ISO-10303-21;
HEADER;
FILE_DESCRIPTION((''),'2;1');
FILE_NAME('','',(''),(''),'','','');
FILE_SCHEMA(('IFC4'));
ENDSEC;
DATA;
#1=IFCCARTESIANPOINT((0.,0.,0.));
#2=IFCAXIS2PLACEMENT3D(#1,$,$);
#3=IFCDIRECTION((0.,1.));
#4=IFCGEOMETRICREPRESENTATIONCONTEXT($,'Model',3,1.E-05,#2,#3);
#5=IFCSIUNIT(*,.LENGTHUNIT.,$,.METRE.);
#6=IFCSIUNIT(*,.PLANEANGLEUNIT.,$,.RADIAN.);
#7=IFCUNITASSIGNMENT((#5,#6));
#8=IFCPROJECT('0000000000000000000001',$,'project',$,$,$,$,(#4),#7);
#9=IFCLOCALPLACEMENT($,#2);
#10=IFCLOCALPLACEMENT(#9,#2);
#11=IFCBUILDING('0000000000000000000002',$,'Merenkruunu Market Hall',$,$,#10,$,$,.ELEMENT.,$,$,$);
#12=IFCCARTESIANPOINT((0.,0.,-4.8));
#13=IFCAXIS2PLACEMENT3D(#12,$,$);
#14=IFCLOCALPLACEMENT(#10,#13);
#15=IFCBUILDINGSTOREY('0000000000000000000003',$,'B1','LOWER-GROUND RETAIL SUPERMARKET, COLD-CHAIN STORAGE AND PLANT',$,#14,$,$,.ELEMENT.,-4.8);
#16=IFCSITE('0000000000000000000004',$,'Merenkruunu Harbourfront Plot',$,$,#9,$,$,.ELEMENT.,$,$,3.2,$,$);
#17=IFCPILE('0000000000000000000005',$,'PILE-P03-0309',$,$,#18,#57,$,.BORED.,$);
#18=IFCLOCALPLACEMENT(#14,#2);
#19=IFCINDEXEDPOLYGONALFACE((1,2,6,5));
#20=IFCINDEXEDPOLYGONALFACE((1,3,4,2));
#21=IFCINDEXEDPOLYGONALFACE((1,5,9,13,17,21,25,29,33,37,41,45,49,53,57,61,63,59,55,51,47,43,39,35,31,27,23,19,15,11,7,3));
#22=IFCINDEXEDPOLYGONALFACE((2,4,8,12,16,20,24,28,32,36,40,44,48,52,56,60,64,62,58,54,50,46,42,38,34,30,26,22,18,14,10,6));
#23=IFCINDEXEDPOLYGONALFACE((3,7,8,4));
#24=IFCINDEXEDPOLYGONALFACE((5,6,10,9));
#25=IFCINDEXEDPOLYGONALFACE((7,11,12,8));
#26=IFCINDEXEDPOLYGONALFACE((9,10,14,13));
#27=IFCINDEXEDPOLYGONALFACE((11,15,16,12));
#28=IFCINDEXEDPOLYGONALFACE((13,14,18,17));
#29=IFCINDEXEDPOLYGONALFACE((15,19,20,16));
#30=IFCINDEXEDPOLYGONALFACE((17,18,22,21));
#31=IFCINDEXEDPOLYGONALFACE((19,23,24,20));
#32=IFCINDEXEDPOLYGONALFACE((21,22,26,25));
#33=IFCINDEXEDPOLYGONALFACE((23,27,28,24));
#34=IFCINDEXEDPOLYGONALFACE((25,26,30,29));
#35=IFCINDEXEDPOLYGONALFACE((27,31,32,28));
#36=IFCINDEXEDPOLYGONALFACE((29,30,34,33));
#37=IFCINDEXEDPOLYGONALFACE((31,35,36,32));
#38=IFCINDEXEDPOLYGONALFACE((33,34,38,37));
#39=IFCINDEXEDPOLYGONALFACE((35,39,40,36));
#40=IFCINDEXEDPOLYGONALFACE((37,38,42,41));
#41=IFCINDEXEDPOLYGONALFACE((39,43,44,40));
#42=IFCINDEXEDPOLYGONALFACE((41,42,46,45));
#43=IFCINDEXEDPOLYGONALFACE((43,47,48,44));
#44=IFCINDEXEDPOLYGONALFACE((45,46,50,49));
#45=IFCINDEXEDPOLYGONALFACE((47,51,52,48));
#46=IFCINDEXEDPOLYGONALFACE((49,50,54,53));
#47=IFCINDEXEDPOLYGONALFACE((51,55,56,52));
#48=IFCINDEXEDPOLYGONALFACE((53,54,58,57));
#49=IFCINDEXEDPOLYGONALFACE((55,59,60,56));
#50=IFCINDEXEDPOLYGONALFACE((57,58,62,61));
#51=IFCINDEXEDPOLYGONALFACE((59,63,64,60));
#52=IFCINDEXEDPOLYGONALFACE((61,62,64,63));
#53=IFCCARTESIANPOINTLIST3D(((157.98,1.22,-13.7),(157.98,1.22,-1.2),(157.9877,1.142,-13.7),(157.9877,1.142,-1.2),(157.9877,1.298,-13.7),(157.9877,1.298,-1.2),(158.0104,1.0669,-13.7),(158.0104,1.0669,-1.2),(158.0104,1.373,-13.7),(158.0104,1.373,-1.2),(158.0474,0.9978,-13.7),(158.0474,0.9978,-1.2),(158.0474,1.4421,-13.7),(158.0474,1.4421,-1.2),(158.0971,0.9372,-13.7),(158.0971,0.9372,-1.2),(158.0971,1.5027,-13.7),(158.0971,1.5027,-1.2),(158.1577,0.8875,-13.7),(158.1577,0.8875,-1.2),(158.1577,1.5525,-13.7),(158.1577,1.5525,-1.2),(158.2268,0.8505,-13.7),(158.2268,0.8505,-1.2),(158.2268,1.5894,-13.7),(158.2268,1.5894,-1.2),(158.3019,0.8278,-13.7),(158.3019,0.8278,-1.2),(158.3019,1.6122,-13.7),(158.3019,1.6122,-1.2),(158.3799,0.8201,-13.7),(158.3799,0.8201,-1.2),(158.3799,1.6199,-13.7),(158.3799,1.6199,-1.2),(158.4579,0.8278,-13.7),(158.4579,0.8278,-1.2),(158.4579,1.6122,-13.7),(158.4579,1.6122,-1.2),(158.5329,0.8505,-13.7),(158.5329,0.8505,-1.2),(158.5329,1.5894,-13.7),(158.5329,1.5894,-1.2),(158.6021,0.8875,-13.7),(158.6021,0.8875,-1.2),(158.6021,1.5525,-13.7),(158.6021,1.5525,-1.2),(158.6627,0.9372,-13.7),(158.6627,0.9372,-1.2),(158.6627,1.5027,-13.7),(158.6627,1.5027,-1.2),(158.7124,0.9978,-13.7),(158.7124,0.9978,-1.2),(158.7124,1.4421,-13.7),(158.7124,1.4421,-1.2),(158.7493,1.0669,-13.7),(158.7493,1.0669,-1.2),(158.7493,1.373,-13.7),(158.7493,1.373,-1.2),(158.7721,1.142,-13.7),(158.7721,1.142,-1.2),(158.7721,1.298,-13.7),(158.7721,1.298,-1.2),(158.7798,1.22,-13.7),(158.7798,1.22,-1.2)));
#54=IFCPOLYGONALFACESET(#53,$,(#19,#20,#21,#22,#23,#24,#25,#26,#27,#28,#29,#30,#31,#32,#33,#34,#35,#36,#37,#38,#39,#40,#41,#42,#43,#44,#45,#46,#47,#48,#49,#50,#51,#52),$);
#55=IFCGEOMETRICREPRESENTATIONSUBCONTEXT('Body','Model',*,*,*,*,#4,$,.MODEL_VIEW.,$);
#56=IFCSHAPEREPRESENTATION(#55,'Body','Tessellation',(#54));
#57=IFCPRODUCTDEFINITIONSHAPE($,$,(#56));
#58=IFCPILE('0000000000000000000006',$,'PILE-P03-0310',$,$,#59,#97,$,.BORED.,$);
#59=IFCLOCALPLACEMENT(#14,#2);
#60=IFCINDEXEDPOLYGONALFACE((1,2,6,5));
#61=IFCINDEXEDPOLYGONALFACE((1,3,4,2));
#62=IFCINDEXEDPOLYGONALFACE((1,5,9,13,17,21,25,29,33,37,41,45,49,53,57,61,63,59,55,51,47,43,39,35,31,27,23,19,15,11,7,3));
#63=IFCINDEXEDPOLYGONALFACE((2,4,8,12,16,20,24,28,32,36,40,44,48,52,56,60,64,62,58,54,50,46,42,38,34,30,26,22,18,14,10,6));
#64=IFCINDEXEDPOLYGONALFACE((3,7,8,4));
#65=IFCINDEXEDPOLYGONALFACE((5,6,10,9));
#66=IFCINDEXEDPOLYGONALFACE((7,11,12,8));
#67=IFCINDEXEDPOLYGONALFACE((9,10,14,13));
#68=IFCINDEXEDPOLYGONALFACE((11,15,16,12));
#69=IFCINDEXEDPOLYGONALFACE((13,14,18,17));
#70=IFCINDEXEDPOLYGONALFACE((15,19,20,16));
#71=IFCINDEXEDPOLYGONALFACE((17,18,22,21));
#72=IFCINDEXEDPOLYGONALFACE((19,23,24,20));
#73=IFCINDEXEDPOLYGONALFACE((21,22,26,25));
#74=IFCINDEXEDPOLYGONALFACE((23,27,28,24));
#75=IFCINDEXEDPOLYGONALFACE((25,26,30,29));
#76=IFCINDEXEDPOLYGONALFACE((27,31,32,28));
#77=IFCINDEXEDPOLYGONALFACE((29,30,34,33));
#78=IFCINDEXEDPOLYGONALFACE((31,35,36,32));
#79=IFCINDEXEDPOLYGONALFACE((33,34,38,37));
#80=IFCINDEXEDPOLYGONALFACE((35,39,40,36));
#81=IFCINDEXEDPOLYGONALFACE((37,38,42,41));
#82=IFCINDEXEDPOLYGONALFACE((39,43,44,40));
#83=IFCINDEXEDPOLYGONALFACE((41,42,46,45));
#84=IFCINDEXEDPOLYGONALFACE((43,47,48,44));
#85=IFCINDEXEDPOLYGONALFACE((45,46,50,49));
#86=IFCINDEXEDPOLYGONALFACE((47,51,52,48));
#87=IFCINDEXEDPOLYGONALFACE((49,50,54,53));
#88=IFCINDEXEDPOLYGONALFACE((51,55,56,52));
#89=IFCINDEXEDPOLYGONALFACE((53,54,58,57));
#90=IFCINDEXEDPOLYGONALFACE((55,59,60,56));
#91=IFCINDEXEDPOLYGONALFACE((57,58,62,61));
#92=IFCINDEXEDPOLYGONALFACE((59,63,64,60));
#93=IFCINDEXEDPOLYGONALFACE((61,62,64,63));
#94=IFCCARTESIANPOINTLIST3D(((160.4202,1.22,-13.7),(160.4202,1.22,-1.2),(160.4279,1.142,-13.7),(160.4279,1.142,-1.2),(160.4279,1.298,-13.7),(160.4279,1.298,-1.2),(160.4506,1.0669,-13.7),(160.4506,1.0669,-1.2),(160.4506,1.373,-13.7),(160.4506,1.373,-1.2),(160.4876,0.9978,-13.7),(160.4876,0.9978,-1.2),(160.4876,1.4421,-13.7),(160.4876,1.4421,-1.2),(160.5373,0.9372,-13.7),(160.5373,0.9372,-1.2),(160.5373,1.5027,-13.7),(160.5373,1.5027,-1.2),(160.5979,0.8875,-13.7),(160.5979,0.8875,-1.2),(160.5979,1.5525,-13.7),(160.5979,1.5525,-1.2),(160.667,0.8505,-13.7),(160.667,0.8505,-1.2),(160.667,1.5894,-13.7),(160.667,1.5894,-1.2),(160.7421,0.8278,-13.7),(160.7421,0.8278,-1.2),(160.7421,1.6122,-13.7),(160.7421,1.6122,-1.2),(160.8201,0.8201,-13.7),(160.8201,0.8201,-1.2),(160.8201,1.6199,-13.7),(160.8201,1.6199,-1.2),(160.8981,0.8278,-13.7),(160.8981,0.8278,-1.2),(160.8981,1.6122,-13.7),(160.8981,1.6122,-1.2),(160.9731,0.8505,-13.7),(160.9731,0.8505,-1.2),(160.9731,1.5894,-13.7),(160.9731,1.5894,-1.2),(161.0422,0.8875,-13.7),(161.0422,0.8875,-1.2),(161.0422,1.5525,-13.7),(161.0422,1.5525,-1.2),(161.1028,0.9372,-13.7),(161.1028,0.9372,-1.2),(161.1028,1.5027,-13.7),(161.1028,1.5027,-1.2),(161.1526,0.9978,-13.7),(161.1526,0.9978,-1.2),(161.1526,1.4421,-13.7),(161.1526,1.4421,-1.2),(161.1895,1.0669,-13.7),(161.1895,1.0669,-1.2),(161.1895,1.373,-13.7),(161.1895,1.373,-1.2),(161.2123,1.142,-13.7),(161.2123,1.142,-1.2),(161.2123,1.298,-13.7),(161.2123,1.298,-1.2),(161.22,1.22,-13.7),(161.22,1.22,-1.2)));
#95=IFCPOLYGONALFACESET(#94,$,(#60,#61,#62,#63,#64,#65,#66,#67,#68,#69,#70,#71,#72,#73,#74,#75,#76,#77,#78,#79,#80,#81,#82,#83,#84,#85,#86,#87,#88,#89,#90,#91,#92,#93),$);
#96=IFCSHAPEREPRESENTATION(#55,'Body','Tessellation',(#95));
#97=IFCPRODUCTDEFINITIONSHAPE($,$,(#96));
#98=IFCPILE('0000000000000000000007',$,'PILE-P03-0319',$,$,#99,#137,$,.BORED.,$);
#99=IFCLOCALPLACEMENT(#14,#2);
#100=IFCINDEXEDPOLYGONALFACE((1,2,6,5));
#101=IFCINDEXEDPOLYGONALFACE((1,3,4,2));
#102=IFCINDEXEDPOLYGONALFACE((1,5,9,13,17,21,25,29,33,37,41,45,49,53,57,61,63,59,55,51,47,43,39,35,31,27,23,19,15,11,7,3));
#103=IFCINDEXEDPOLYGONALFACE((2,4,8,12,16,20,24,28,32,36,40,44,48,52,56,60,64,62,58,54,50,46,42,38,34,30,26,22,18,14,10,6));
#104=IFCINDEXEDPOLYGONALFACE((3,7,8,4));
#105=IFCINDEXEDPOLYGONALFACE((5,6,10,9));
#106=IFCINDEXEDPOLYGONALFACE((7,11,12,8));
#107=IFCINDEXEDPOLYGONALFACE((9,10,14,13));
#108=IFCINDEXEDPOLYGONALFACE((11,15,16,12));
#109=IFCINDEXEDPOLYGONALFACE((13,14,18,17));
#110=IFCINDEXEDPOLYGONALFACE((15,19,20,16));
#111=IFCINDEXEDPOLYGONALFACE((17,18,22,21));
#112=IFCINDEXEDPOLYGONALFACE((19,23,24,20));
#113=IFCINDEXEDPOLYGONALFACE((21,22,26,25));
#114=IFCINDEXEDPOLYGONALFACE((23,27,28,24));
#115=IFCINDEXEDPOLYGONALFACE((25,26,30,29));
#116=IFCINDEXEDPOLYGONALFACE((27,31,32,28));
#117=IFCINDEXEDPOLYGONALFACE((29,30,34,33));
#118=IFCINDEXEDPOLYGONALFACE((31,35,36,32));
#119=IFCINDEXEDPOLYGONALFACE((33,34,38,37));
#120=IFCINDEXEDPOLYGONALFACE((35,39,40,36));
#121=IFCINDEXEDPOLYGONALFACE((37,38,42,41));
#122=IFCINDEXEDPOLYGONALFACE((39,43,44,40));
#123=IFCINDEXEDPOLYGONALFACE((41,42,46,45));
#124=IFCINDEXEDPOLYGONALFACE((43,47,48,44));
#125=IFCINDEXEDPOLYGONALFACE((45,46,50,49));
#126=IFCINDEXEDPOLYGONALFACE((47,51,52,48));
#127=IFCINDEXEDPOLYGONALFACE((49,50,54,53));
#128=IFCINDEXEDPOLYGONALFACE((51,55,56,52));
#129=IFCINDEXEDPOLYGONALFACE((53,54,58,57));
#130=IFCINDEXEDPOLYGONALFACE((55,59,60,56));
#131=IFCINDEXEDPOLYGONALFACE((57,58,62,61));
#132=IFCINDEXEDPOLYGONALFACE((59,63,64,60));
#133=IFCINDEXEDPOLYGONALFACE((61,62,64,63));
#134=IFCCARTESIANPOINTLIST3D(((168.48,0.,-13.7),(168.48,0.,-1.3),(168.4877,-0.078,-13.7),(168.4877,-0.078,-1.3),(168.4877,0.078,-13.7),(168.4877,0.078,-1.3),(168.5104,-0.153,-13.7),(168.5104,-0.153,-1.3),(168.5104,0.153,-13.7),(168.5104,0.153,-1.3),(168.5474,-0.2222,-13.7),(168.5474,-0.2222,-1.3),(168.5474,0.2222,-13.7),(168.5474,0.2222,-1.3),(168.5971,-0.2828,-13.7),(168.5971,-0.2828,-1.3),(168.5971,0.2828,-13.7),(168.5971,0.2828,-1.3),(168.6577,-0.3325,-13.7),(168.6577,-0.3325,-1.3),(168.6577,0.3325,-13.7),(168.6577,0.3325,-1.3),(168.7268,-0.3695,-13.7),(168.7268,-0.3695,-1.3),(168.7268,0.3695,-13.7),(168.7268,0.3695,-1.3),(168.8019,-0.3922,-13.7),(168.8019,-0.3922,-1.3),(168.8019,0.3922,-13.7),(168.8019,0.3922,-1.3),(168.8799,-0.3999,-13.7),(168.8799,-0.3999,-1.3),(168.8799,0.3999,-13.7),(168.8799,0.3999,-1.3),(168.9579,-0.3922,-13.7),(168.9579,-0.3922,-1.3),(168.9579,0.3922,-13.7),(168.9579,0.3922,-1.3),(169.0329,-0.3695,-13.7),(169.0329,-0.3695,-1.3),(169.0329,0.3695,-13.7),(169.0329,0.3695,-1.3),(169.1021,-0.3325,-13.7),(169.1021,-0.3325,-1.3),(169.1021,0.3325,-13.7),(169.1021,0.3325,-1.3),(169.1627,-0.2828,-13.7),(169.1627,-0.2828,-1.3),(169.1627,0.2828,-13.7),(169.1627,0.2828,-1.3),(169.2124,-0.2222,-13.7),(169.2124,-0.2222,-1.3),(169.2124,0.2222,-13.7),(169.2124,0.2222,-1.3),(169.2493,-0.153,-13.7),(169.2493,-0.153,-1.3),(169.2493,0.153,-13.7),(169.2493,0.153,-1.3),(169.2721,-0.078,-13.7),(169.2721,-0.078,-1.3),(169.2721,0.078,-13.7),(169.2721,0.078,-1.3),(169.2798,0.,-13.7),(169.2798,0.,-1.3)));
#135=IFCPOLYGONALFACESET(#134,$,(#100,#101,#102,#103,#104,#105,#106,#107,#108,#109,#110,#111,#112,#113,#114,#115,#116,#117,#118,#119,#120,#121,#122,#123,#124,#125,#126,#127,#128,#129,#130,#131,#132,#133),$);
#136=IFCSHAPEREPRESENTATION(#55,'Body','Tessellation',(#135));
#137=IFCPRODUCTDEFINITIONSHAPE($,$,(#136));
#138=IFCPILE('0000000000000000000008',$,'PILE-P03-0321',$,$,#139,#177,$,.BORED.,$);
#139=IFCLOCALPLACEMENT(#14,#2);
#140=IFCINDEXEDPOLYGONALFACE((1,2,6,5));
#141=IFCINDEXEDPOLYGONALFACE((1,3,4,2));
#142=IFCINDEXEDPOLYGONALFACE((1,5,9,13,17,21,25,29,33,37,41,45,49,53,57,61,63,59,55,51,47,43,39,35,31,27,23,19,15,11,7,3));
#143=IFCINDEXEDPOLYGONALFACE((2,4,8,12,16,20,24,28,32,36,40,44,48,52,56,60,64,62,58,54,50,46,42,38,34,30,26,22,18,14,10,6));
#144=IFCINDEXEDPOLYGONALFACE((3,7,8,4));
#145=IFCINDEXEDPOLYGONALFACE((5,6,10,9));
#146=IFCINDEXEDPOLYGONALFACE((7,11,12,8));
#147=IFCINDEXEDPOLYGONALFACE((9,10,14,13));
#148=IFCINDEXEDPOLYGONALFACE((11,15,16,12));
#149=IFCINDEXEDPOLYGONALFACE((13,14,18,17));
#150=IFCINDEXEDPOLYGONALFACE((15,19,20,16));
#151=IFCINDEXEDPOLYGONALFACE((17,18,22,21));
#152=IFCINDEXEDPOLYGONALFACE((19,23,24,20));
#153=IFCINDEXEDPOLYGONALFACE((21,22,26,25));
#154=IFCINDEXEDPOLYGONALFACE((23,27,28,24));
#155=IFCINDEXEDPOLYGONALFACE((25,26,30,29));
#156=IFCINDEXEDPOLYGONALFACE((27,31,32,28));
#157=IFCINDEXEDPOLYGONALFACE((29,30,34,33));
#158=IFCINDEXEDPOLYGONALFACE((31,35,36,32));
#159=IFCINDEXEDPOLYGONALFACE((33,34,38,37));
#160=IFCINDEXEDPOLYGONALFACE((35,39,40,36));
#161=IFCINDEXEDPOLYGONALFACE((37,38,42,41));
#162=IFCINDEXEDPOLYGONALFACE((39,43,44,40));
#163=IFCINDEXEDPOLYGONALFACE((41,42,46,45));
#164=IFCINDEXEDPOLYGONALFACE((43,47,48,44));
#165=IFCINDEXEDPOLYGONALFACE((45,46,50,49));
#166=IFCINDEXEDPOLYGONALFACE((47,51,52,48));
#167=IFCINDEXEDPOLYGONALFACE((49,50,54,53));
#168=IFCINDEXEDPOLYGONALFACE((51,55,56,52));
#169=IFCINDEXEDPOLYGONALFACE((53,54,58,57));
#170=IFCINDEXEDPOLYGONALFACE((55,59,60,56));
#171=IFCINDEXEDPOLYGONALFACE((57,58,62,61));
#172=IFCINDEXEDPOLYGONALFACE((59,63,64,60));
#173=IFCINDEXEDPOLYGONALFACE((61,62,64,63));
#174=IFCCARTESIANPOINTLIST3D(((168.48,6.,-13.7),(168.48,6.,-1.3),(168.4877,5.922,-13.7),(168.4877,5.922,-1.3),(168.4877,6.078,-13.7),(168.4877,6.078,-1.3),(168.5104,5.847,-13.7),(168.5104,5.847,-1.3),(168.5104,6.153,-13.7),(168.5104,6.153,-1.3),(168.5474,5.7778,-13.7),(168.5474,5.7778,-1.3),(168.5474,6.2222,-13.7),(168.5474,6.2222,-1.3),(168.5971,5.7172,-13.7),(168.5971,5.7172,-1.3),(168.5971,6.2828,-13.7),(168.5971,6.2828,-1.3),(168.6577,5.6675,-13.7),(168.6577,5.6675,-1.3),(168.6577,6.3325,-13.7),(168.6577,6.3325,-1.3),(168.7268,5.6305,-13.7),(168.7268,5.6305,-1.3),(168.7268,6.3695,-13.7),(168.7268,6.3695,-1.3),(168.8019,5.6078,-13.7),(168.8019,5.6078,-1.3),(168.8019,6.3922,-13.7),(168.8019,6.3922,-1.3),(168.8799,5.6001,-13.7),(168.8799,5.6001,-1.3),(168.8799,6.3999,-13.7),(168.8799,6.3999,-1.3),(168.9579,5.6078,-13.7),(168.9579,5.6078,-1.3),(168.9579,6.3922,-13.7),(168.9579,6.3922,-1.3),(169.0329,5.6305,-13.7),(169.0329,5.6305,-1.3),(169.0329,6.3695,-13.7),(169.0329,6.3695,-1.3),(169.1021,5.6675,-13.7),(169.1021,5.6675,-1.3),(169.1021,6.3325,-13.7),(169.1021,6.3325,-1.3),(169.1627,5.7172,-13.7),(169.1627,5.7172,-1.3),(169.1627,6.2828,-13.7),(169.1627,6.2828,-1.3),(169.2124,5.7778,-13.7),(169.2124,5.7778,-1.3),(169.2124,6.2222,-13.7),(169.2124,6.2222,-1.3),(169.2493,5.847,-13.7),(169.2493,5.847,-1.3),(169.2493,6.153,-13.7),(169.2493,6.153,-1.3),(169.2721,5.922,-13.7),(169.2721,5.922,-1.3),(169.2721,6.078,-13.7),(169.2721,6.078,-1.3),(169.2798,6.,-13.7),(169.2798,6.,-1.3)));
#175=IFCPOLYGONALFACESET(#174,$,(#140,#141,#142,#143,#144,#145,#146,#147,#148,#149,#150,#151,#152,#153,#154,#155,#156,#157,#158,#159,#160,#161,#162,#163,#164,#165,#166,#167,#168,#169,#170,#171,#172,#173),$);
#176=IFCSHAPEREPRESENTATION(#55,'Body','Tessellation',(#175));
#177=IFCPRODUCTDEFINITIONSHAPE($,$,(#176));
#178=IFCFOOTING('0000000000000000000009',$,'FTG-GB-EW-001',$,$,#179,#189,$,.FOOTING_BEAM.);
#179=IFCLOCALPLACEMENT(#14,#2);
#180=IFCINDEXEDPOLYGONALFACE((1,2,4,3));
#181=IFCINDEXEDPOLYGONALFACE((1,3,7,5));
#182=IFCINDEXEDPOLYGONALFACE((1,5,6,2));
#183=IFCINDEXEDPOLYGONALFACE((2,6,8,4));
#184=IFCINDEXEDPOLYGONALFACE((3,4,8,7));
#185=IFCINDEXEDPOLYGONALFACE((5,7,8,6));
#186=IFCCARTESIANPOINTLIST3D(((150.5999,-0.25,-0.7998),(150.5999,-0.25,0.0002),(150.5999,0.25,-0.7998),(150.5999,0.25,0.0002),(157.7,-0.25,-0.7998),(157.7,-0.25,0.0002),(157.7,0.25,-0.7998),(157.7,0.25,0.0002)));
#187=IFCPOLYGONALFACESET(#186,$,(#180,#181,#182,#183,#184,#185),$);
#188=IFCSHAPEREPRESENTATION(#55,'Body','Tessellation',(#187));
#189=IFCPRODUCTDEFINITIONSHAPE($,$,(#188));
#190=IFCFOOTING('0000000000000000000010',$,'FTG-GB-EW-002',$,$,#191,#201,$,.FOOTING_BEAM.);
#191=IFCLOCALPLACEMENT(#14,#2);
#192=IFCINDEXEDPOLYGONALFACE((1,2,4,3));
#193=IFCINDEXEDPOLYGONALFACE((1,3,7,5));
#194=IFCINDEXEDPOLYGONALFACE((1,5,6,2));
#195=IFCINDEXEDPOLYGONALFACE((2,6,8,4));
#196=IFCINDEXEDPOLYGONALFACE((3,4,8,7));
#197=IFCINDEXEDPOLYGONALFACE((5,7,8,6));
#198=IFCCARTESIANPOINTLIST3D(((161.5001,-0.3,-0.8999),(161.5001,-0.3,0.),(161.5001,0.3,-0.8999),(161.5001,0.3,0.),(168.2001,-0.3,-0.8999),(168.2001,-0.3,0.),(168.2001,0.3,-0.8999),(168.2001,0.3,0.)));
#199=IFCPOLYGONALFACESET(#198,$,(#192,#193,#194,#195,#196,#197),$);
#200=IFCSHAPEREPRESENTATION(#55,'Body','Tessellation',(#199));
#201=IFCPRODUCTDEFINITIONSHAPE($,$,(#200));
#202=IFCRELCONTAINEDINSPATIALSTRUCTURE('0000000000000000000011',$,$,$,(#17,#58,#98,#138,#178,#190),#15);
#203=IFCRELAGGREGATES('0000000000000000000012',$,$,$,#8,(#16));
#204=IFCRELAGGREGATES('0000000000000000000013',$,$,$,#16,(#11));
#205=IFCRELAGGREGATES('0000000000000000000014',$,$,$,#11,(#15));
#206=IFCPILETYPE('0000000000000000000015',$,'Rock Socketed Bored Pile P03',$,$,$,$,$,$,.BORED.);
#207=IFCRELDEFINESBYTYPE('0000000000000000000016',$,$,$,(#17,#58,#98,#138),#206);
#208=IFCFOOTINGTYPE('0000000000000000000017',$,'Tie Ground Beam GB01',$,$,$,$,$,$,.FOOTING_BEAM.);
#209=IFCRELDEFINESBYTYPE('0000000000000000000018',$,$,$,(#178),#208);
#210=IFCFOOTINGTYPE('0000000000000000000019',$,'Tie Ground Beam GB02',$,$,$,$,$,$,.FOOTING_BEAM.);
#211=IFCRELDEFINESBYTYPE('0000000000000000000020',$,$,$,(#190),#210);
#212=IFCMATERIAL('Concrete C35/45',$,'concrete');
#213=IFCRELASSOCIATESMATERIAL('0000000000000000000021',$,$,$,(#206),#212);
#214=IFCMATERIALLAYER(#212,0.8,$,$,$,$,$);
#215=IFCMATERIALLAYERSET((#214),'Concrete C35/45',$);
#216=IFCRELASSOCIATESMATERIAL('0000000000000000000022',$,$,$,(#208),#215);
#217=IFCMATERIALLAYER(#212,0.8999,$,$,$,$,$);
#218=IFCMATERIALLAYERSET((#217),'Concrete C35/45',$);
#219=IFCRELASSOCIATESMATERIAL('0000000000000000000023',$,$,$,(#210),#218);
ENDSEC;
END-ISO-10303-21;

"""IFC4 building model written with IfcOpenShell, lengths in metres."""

from ifc_helpers import new_model, si_unit, direction, frame, origin, origin_2d, place, context, subcontext, project, spatial, rectangle, circle, extrude, material, layer, layer_set, material_profile, profile_set, type_object, element, save


model = new_model("IFC4")

# Units and contexts
model_context = context("Model", 3, precision=1e-05, world=origin(), true_north=direction((0.0, 1.0)))
body_context = subcontext(model_context, "Body", "Model", "MODEL_VIEW")
ifc_project = project(units=[si_unit("LENGTHUNIT", "METRE"), si_unit("PLANEANGLEUNIT", "RADIAN")], contexts=[model_context])

# Site, building, storey
site_placement = place(None, origin())
site = spatial("IfcSite", under=ifc_project, at=site_placement, Name="Merenkruunu Harbourfront Plot", CompositionType="ELEMENT", RefElevation=3.2)
building_placement = place(site_placement, origin())
building = spatial("IfcBuilding", under=site, at=building_placement, Name="Merenkruunu Market Hall", CompositionType="ELEMENT")
storey_placement = place(building_placement, frame((0.0, 0.0, -4.8)))
storey = spatial("IfcBuildingStorey", under=building, at=storey_placement, Name="B1", Description="LOWER-GROUND RETAIL SUPERMARKET, COLD-CHAIN STORAGE AND PLANT", CompositionType="ELEMENT", Elevation=-4.8)

# Shared definitions
ifc_material = material(Name="Concrete C35/45", Category="concrete")

# Piles
ifc_material_profile_1 = material_profile(ifc_material, circle(Radius=0.3999, at=origin_2d()), Name="BORED PILE 800")
ifc_profile_set_1 = profile_set([ifc_material_profile_1], Name="Concrete C35/45")
pile_type_1 = type_object("IfcPileType", Name="Rock Socketed Bored Pile P03", PredefinedType="BORED", material=ifc_profile_set_1)
for number, where, z_axis, x_axis, name in (
    (1, (158.3799, 1.22, -1.2), (0.0, 0.0, -1.0), (1.0, 0.0, 0.0), "PILE-P03-0309"),
    (2, (160.8201, 1.22, -1.2), (0.0, 0.0, -1.0), (1.0, 0.0, 0.0), "PILE-P03-0310"),
):
    element("IfcPile", number, at=place(storey_placement, frame(where, z_axis=z_axis, x_axis=x_axis)), inside=storey, type_object=pile_type_1, Name=name, PredefinedType="BORED", context=body_context, shape_type="SweptSolid", body=[
        extrude(circle(Radius=0.3999, at=origin_2d()), origin(), (0.0, 0.0, 1.0), 12.5),
    ])
for number, where, z_axis, x_axis, name in (
    (3, (168.8799, 0.0, -1.3), (0.0, 0.0, -1.0), (1.0, 0.0, 0.0), "PILE-P03-0319"),
    (4, (168.8799, 6.0, -1.3), (0.0, 0.0, -1.0), (1.0, 0.0, 0.0), "PILE-P03-0321"),
):
    element("IfcPile", number, at=place(storey_placement, frame(where, z_axis=z_axis, x_axis=x_axis)), inside=storey, type_object=pile_type_1, Name=name, PredefinedType="BORED", context=body_context, shape_type="SweptSolid", body=[
        extrude(circle(Radius=0.3999, at=origin_2d()), origin(), (0.0, 0.0, 1.0), 12.3999),
    ])

# Footings
ifc_layer_1 = layer(ifc_material, 0.8)
ifc_layer_set_1 = layer_set([ifc_layer_1], Name="Concrete C35/45")
footing_type_1 = type_object("IfcFootingType", Name="Tie Ground Beam GB01", PredefinedType="FOOTING_BEAM", material=ifc_layer_set_1)
footing_1_placement = place(storey_placement, frame((154.1499, 0.0, -0.7998), z_axis=(0.0, 0.0, 1.0), x_axis=(1.0, 0.0, 0.0)))
element("IfcFooting", 5, at=footing_1_placement, inside=storey, type_object=footing_type_1, Name="FTG-GB-EW-001", PredefinedType="FOOTING_BEAM", context=body_context, shape_type="SweptSolid", body=[
    extrude(rectangle(XDim=7.1001, YDim=0.5, at=origin_2d()), origin(), (0.0, 0.0, 1.0), 0.8),
])
ifc_layer_2 = layer(ifc_material, 0.8999)
ifc_layer_set_2 = layer_set([ifc_layer_2], Name="Concrete C35/45")
footing_type_2 = type_object("IfcFootingType", Name="Tie Ground Beam GB02", PredefinedType="FOOTING_BEAM", material=ifc_layer_set_2)
footing_2_placement = place(storey_placement, frame((164.8501, 0.0, -0.8999), z_axis=(0.0, 0.0, 1.0), x_axis=(1.0, 0.0, 0.0)))
element("IfcFooting", 6, at=footing_2_placement, inside=storey, type_object=footing_type_2, Name="FTG-GB-EW-002", PredefinedType="FOOTING_BEAM", context=body_context, shape_type="SweptSolid", body=[
    extrude(rectangle(XDim=6.7, YDim=0.6001, at=origin_2d()), origin(), (0.0, 0.0, 1.0), 0.8999),
])

save(model, "model.ifc")
